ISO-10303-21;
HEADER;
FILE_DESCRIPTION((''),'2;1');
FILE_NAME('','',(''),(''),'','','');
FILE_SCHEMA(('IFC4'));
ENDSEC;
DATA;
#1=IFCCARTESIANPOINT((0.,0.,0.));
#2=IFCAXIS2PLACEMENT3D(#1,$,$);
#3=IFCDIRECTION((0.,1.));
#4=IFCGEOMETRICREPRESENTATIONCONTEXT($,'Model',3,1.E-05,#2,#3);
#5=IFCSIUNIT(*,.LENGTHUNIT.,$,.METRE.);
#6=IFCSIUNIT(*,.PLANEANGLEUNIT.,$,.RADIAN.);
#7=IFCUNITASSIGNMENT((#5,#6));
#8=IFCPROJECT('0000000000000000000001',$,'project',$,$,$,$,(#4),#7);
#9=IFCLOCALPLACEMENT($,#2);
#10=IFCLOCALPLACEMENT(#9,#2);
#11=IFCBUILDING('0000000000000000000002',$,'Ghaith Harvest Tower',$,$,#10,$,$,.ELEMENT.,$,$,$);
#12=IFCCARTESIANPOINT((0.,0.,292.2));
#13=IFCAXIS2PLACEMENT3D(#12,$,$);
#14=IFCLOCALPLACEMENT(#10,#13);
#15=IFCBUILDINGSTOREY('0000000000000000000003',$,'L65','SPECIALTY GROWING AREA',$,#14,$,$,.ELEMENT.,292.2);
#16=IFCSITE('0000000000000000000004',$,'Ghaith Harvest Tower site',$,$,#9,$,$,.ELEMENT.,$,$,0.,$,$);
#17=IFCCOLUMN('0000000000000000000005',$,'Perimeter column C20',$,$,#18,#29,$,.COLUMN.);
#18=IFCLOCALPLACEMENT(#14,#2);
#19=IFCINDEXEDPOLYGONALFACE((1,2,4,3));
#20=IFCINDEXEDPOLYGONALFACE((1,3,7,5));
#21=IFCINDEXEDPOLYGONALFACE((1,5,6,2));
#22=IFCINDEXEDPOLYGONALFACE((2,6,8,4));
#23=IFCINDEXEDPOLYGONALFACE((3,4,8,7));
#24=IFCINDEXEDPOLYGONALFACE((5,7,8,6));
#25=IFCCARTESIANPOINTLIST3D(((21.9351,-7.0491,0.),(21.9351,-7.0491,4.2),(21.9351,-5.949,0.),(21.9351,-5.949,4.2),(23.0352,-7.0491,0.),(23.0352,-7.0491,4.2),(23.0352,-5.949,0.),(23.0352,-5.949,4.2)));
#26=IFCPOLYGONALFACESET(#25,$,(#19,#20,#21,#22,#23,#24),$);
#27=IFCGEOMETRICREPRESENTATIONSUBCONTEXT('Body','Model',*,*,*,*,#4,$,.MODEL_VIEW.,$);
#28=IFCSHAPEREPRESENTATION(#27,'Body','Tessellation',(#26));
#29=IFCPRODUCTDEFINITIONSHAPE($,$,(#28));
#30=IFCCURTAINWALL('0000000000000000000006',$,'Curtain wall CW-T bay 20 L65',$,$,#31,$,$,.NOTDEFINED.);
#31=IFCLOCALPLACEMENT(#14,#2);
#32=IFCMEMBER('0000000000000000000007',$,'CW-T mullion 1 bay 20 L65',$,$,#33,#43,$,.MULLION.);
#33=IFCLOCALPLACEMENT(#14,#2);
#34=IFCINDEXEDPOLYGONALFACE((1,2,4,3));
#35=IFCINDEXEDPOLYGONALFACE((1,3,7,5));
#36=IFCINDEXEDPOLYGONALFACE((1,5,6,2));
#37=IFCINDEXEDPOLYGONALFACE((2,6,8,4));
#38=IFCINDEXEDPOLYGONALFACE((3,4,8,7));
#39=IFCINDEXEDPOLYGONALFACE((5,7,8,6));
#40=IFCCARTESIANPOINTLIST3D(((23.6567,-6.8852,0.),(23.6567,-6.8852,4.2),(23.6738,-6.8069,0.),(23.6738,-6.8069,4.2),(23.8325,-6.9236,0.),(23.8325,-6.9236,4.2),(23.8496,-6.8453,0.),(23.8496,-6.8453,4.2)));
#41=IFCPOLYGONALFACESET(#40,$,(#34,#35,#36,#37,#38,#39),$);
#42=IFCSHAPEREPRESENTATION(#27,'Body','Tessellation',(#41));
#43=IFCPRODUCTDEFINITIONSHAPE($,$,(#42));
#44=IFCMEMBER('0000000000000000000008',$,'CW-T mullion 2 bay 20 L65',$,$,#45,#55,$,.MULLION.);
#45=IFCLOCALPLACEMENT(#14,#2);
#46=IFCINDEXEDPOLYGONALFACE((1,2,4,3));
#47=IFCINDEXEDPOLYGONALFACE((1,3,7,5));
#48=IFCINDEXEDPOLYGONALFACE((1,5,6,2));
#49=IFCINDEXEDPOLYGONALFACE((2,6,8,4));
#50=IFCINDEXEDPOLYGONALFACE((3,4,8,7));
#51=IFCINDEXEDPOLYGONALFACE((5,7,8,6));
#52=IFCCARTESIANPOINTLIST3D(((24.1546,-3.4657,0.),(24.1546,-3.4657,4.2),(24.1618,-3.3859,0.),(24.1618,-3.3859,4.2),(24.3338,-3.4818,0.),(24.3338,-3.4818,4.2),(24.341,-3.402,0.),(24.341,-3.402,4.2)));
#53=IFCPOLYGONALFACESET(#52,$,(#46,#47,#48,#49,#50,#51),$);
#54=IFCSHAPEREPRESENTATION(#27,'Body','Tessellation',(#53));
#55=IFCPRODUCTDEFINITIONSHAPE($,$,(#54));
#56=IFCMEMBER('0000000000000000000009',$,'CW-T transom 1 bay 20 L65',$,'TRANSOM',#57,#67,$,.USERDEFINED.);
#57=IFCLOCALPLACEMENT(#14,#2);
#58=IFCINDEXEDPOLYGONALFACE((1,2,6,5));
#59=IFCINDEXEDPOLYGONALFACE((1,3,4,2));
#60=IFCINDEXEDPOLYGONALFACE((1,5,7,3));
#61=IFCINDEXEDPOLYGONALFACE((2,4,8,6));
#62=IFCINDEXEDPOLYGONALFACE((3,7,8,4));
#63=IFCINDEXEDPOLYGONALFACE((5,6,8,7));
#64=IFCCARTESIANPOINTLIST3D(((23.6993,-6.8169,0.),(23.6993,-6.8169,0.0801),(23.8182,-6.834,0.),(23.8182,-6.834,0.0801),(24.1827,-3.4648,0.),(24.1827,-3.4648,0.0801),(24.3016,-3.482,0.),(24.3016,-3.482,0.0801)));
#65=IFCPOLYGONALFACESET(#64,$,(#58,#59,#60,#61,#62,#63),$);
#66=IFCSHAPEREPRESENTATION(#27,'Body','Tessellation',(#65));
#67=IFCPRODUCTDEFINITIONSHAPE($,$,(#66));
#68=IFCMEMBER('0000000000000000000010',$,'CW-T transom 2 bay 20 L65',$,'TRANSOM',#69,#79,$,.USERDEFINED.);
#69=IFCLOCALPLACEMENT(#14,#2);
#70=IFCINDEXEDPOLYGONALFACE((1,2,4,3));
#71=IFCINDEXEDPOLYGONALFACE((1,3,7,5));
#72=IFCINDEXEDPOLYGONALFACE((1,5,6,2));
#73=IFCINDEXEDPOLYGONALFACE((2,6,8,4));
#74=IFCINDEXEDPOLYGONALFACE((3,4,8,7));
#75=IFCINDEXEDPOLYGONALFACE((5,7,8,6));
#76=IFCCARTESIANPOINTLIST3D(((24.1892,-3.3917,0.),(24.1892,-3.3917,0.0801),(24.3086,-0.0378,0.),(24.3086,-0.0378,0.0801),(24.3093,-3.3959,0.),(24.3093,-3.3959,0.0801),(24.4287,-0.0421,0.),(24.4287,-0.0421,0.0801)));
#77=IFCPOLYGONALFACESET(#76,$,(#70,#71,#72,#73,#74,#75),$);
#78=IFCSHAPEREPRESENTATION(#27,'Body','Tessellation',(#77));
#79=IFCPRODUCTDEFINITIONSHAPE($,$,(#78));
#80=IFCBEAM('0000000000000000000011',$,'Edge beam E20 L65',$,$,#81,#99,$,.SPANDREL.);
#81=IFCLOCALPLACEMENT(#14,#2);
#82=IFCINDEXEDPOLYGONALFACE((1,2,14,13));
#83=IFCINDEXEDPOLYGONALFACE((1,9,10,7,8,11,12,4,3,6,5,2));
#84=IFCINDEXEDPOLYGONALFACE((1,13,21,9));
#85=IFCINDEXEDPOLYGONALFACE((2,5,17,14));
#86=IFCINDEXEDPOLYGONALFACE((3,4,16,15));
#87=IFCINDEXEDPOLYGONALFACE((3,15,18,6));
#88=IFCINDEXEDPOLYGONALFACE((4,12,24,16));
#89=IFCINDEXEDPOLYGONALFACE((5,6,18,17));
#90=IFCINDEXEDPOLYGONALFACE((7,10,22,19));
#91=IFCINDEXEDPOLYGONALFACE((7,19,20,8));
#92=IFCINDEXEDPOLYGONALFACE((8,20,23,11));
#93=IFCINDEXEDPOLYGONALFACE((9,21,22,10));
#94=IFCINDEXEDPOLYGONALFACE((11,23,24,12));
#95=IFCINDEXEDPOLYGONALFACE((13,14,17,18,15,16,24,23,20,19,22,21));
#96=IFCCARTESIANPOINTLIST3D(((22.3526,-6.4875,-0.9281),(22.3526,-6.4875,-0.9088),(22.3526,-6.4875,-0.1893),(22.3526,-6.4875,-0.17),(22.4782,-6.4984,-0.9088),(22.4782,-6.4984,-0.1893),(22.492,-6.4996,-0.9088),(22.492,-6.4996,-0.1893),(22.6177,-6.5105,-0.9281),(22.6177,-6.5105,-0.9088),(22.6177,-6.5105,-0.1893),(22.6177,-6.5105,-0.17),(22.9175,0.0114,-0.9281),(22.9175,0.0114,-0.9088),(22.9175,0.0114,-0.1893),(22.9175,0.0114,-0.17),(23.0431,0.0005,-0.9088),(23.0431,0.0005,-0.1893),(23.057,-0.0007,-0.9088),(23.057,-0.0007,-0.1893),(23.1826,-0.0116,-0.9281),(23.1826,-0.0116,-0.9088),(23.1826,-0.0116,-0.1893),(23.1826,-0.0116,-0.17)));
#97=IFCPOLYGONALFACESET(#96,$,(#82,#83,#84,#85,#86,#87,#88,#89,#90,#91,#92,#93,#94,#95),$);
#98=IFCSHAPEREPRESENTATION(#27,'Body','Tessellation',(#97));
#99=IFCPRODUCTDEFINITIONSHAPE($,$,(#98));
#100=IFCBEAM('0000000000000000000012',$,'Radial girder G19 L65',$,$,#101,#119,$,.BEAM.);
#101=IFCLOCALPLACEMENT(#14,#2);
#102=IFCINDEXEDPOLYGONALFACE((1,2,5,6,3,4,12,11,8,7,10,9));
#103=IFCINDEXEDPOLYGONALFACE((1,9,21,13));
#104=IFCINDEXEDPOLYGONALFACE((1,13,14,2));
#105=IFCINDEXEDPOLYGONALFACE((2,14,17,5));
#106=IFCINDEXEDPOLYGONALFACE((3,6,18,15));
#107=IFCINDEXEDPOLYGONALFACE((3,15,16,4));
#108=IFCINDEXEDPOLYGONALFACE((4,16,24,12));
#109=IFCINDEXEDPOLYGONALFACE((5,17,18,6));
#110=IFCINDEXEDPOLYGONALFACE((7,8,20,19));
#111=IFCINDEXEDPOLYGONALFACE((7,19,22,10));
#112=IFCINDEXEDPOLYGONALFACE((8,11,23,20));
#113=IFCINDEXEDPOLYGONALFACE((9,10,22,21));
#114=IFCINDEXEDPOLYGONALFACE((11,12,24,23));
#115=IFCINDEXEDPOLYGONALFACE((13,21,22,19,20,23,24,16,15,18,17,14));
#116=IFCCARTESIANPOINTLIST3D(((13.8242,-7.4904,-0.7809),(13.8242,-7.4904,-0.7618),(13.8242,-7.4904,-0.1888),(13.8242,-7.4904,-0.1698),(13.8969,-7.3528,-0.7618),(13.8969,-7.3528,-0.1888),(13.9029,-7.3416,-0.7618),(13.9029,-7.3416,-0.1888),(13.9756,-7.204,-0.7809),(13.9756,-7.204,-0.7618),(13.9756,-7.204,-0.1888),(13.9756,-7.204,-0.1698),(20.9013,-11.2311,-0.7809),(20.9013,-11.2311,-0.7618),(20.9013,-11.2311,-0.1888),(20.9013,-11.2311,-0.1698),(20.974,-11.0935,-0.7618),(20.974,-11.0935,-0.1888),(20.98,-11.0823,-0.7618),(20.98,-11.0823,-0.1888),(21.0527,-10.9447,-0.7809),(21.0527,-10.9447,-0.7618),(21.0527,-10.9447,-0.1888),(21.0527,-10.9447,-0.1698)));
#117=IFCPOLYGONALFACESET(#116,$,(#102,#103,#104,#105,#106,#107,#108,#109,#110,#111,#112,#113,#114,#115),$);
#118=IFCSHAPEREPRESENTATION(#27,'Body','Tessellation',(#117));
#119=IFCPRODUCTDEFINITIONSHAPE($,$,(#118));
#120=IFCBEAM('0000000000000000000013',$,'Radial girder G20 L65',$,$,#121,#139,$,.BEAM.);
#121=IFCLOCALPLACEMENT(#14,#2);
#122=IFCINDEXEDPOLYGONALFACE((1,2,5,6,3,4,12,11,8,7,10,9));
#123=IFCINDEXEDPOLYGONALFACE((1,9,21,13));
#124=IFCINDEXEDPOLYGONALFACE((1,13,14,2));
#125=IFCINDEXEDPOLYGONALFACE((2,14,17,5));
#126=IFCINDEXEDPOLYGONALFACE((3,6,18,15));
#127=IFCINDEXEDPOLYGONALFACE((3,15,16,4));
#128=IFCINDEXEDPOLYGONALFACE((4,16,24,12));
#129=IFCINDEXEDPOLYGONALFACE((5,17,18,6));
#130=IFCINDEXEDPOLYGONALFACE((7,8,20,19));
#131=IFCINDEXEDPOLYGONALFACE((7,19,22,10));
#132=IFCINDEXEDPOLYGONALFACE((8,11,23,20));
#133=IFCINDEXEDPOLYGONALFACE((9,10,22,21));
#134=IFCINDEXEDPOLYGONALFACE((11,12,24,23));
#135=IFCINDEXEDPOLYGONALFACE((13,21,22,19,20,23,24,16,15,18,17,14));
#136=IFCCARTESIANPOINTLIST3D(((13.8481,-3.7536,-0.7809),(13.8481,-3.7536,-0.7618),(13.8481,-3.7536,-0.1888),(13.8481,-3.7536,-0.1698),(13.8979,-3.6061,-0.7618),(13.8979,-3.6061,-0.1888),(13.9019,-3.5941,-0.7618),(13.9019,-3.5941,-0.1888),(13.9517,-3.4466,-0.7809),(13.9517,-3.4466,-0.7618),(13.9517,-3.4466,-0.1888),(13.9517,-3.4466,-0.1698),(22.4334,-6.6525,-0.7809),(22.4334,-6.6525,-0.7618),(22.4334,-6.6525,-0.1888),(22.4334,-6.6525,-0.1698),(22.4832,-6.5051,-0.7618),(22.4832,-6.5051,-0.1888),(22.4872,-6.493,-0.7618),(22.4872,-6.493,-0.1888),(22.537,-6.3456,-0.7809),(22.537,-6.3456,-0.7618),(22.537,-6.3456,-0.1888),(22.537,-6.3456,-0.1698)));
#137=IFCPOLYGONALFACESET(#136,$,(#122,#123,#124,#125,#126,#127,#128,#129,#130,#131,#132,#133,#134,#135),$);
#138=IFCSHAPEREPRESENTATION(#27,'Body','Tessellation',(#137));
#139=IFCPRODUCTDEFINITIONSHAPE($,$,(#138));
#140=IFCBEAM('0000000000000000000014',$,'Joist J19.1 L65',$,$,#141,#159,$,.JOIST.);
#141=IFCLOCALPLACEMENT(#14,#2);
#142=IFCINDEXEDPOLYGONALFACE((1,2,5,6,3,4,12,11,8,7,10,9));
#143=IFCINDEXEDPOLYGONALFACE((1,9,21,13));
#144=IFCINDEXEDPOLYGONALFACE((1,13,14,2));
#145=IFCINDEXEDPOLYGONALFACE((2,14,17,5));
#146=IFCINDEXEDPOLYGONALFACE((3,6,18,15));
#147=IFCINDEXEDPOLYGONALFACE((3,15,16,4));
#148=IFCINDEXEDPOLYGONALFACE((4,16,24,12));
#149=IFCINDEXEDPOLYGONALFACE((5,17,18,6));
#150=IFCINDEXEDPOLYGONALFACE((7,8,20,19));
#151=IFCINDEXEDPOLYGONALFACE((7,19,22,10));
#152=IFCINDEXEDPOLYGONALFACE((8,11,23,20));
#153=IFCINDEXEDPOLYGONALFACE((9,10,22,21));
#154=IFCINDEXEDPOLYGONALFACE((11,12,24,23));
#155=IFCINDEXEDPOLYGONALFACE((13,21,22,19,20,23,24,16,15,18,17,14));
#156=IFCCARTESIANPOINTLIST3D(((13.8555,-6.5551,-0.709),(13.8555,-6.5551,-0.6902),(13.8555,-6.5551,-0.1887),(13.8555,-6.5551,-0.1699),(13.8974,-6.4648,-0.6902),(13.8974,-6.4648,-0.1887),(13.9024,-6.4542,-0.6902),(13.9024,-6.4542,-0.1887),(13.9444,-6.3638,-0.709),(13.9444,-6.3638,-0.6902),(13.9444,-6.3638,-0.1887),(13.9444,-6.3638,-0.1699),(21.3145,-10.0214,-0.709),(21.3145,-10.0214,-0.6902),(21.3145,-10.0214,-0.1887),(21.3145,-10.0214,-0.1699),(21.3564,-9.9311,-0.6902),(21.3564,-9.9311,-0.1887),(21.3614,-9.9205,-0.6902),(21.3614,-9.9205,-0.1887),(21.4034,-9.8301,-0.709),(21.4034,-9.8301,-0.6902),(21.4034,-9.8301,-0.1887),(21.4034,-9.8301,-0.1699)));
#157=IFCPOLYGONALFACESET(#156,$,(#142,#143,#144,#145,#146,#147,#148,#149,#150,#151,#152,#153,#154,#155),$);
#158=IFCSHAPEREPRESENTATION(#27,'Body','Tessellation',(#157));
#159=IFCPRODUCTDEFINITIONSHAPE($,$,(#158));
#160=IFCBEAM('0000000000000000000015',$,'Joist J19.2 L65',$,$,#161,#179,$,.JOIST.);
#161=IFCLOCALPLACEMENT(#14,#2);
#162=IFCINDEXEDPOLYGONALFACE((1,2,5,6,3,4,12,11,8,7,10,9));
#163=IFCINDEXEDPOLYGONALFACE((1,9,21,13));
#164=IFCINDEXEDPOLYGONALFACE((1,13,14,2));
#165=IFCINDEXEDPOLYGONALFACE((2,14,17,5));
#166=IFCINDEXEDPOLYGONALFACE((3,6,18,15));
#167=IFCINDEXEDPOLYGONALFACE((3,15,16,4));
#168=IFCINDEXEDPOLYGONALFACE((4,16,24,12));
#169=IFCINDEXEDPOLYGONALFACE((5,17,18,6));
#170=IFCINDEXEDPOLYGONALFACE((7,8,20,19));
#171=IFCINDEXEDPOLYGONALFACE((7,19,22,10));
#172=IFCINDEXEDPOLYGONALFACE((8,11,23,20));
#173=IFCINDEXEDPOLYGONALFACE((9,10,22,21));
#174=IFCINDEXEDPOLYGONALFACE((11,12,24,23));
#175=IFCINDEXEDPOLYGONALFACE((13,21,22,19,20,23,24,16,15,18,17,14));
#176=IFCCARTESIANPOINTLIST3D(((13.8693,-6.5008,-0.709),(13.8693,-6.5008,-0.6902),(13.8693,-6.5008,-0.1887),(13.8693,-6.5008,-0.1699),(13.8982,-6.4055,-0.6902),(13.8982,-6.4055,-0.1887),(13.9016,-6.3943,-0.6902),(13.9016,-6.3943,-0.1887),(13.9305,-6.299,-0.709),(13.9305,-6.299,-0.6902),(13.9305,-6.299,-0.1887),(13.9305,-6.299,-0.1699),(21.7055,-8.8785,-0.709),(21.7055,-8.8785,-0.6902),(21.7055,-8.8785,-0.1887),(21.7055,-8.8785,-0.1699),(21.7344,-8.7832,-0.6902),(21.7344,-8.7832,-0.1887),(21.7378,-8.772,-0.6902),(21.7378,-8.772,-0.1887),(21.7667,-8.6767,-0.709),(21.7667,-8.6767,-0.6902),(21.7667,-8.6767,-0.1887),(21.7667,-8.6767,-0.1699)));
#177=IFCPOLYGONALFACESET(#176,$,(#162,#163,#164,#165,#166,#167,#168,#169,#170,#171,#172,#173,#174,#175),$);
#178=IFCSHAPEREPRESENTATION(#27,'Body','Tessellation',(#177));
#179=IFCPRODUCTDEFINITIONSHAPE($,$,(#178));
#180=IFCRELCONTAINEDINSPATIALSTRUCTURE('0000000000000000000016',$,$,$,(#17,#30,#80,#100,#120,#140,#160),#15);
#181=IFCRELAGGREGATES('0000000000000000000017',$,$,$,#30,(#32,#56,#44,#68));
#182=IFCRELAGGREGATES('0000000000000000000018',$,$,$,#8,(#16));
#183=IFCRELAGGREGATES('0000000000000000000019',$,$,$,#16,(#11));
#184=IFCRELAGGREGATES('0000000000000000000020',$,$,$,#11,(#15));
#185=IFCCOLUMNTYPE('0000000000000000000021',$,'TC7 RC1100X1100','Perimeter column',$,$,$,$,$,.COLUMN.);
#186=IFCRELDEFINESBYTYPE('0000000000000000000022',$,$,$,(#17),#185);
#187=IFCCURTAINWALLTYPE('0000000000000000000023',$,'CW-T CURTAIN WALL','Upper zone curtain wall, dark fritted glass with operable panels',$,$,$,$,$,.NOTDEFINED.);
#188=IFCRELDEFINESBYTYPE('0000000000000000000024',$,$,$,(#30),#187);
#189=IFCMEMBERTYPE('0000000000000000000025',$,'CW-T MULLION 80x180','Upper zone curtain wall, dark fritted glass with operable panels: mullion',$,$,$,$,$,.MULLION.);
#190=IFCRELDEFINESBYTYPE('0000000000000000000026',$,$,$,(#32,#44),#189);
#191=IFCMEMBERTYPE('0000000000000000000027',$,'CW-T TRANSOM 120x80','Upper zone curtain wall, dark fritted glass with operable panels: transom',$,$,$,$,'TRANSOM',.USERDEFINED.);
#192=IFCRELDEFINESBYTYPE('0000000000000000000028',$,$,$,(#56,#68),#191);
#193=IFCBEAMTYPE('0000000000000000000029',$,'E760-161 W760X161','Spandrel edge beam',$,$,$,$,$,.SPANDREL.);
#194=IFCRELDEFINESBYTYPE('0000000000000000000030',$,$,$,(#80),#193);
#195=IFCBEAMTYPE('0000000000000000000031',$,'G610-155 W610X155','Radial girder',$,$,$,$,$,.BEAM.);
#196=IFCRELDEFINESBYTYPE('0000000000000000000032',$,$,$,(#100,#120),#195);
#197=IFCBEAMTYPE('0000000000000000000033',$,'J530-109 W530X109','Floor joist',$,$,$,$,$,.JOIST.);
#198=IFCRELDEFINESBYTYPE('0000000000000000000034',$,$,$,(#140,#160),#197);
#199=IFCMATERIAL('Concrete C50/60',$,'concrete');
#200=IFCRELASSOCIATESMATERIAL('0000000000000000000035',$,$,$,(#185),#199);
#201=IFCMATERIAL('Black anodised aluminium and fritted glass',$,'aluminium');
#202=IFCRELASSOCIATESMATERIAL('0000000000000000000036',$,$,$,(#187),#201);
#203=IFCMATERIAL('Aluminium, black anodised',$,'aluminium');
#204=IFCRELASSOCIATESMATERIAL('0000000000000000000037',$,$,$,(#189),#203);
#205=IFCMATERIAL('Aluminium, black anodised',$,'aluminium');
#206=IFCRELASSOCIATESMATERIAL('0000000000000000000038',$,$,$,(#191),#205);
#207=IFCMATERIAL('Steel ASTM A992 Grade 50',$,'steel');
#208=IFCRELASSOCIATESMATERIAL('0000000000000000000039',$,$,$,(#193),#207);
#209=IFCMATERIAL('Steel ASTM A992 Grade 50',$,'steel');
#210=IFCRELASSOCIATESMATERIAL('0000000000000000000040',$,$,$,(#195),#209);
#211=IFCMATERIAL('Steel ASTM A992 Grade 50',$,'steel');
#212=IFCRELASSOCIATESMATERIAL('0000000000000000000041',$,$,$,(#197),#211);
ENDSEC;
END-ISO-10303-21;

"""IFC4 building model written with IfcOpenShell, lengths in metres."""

from ifc_helpers import new_model, si_unit, direction, frame, origin, origin_2d, place, context, subcontext, project, spatial, rectangle, i_section, extrude, material, material_profile, profile_set, type_object, element, aggregate, save


model = new_model("IFC4")

# Units and contexts
model_context = context("Model", 3, precision=1e-05, world=origin(), true_north=direction((0.0, 1.0)))
body_context = subcontext(model_context, "Body", "Model", "MODEL_VIEW")
ifc_project = project(units=[si_unit("LENGTHUNIT", "METRE"), si_unit("PLANEANGLEUNIT", "RADIAN")], contexts=[model_context])

# Site, building, storey
site_placement = place(None, origin())
site = spatial("IfcSite", under=ifc_project, at=site_placement, Name="Ghaith Harvest Tower site", CompositionType="ELEMENT", RefElevation=0.0)
building_placement = place(site_placement, origin())
building = spatial("IfcBuilding", under=site, at=building_placement, Name="Ghaith Harvest Tower", CompositionType="ELEMENT")
storey_placement = place(building_placement, frame((0.0, 0.0, 292.2)))
storey = spatial("IfcBuildingStorey", under=building, at=storey_placement, Name="L65", Description="SPECIALTY GROWING AREA", CompositionType="ELEMENT", Elevation=292.2)

# Column
ifc_material_1 = material(Name="Concrete C50/60", Category="concrete")
ifc_material_profile_1 = material_profile(ifc_material_1, rectangle(XDim=1.1001, YDim=1.1001, at=origin_2d()), Name="RC1100X1100")
ifc_profile_set_1 = profile_set([ifc_material_profile_1], Name="Concrete C50/60")
column_type = type_object("IfcColumnType", Name="TC7 RC1100X1100", Description="Perimeter column", PredefinedType="COLUMN", material=ifc_profile_set_1)
column_placement = place(storey_placement, frame((22.4851, -6.499, 0.0), z_axis=(0.0, 0.0, 1.0), x_axis=(1.0, 0.0, 0.0)))
element("IfcColumn", 1, at=column_placement, inside=storey, type_object=column_type, Name="Perimeter column C20", PredefinedType="COLUMN", context=body_context, shape_type="SweptSolid", body=[
    extrude(rectangle(XDim=1.1001, YDim=1.1001, at=origin_2d()), origin(), (0.0, 0.0, 1.0), 4.2),
])

# Curtain wall, members
ifc_material_2 = material(Name="Black anodised aluminium and fritted glass", Category="aluminium")
curtain_wall_type = type_object("IfcCurtainWallType", Name="CW-T CURTAIN WALL", Description="Upper zone curtain wall, dark fritted glass with operable panels", PredefinedType="NOTDEFINED", material=ifc_material_2)
curtain_wall_1_placement = place(storey_placement, origin())
curtain_wall_1 = element("IfcCurtainWall", 2, at=curtain_wall_1_placement, inside=storey, type_object=curtain_wall_type, Name="Curtain wall CW-T bay 20 L65", PredefinedType="NOTDEFINED")
ifc_material_3 = material(Name="Aluminium, black anodised", Category="aluminium")
ifc_material_profile_2 = material_profile(ifc_material_3, rectangle(XDim=0.0801, YDim=0.1799, at=origin_2d()), Name="CW-T MULLION 80x180")
ifc_profile_set_2 = profile_set([ifc_material_profile_2], Name="Aluminium, black anodised")
member_type_1 = type_object("IfcMemberType", Name="CW-T MULLION 80x180", Description="Upper zone curtain wall, dark fritted glass with operable panels: mullion", PredefinedType="MULLION", material=ifc_profile_set_2)
member_1_placement = place(storey_placement, frame((23.7532, -6.8652, 0.0), z_axis=(0.0, 0.0, 1.0), x_axis=(0.213402, 0.976964, 0.0)))
member_1 = element("IfcMember", 3, at=member_1_placement, type_object=member_type_1, Name="CW-T mullion 1 bay 20 L65", PredefinedType="MULLION", context=body_context, shape_type="SweptSolid", body=[
    extrude(rectangle(XDim=0.0801, YDim=0.1799, at=origin_2d()), origin(), (0.0, 0.0, 1.0), 4.2),
])
member_2_placement = place(storey_placement, frame((24.2478, -3.4338, 0.0), z_axis=(0.0, 0.0, 1.0), x_axis=(0.089502, 0.995987, 0.0)))
member_2 = element("IfcMember", 4, at=member_2_placement, type_object=member_type_1, Name="CW-T mullion 2 bay 20 L65", PredefinedType="MULLION", context=body_context, shape_type="SweptSolid", body=[
    extrude(rectangle(XDim=0.0801, YDim=0.1799, at=origin_2d()), origin(), (0.0, 0.0, 1.0), 4.2),
])
ifc_material_4 = material(Name="Aluminium, black anodised", Category="aluminium")
ifc_material_profile_3 = material_profile(ifc_material_4, rectangle(XDim=0.1201, YDim=0.0801, at=origin_2d()), Name="CW-T TRANSOM 120x80")
ifc_profile_set_3 = profile_set([ifc_material_profile_3], Name="Aluminium, black anodised")
member_type_2 = type_object("IfcMemberType", Name="CW-T TRANSOM 120x80", Description="Upper zone curtain wall, dark fritted glass with operable panels: transom", ElementType="TRANSOM", PredefinedType="USERDEFINED", material=ifc_profile_set_3)
member_3_placement = place(storey_placement, frame((23.7588, -6.8254, 0.04), z_axis=(0.142733, 0.989761, 0.0), x_axis=(-0.989761, 0.142733, 0.0)))
member_3 = element("IfcMember", 5, at=member_3_placement, type_object=member_type_2, Name="CW-T transom 1 bay 20 L65", ObjectType="TRANSOM", PredefinedType="USERDEFINED", context=body_context, shape_type="SweptSolid", body=[
    extrude(rectangle(XDim=0.1201, YDim=0.0801, at=origin_2d()), origin(), (0.0, 0.0, 1.0), 3.3867),
])
member_4_placement = place(storey_placement, frame((24.2493, -3.3938, 0.04), z_axis=(0.035575, 0.999367, 0.0), x_axis=(-0.999367, 0.035575, 0.0)))
member_4 = element("IfcMember", 6, at=member_4_placement, type_object=member_type_2, Name="CW-T transom 2 bay 20 L65", ObjectType="TRANSOM", PredefinedType="USERDEFINED", context=body_context, shape_type="SweptSolid", body=[
    extrude(rectangle(XDim=0.1201, YDim=0.0801, at=origin_2d()), origin(), (0.0, 0.0, 1.0), 3.356),
])

# Beams
ifc_material_5 = material(Name="Steel ASTM A992 Grade 50", Category="steel")
ifc_material_profile_4 = material_profile(ifc_material_5, i_section(OverallWidth=0.2661, OverallDepth=0.7581, WebThickness=0.0139, FlangeThickness=0.0193, at=origin_2d()), Name="W760X161")
ifc_profile_set_4 = profile_set([ifc_material_profile_4], Name="Steel ASTM A992 Grade 50")
beam_type_1 = type_object("IfcBeamType", Name="E760-161 W760X161", Description="Spandrel edge beam", PredefinedType="SPANDREL", material=ifc_profile_set_4)
beam_1_placement = place(storey_placement, frame((22.4851, -6.499, -0.5491), z_axis=(0.086601, 0.996243, 0.0), x_axis=(-0.996243, 0.086601, 0.0)))
element("IfcBeam", 7, at=beam_1_placement, inside=storey, type_object=beam_type_1, Name="Edge beam E20 L65", PredefinedType="SPANDREL", context=body_context, shape_type="SweptSolid", body=[
    extrude(i_section(OverallWidth=0.2661, OverallDepth=0.7581, WebThickness=0.0139, FlangeThickness=0.0193, at=origin_2d()), origin(), (0.0, 0.0, 1.0), 6.5234),
])
ifc_material_6 = material(Name="Steel ASTM A992 Grade 50", Category="steel")
ifc_material_profile_5 = material_profile(ifc_material_6, i_section(OverallWidth=0.324, OverallDepth=0.6111, WebThickness=0.0127, FlangeThickness=0.019, at=origin_2d()), Name="W610X155")
ifc_profile_set_5 = profile_set([ifc_material_profile_5], Name="Steel ASTM A992 Grade 50")
beam_type_2 = type_object("IfcBeamType", Name="G610-155 W610X155", Description="Radial girder", PredefinedType="BEAM", material=ifc_profile_set_5)
beam_2_placement = place(storey_placement, frame((13.8999, -7.3472, -0.4753), z_axis=(0.884098, -0.467302, 0.0), x_axis=(0.467302, 0.884098, 0.0)))
element("IfcBeam", 8, at=beam_2_placement, inside=storey, type_object=beam_type_2, Name="Radial girder G19 L65", PredefinedType="BEAM", context=body_context, shape_type="SweptSolid", body=[
    extrude(i_section(OverallWidth=0.324, OverallDepth=0.6111, WebThickness=0.0127, FlangeThickness=0.019, at=origin_2d()), origin(), (0.0, 0.0, 1.0), 8.0049),
])
beam_3_placement = place(storey_placement, frame((13.8999, -3.6001, -0.4753), z_axis=(0.947445, -0.319919, 0.0), x_axis=(0.319919, 0.947445, 0.0)))
element("IfcBeam", 9, at=beam_3_placement, inside=storey, type_object=beam_type_2, Name="Radial girder G20 L65", PredefinedType="BEAM", context=body_context, shape_type="SweptSolid", body=[
    extrude(i_section(OverallWidth=0.324, OverallDepth=0.6111, WebThickness=0.0127, FlangeThickness=0.019, at=origin_2d()), origin(), (0.0, 0.0, 1.0), 9.0615),
])
ifc_material_7 = material(Name="Steel ASTM A992 Grade 50", Category="steel")
ifc_material_profile_6 = material_profile(ifc_material_7, i_section(OverallWidth=0.2109, OverallDepth=0.5391, WebThickness=0.0117, FlangeThickness=0.0188, at=origin_2d()), Name="W530X109")
ifc_profile_set_6 = profile_set([ifc_material_profile_6], Name="Steel ASTM A992 Grade 50")
beam_type_3 = type_object("IfcBeamType", Name="J530-109 W530X109", Description="Floor joist", PredefinedType="JOIST", material=ifc_profile_set_6)
beam_4_placement = place(storey_placement, frame((13.8999, -6.4595, -0.4395), z_axis=(0.90686, -0.421432, 0.0), x_axis=(0.421432, 0.90686, 0.0)))
element("IfcBeam", 10, at=beam_4_placement, inside=storey, type_object=beam_type_3, Name="Joist J19.1 L65", PredefinedType="JOIST", context=body_context, shape_type="SweptSolid", body=[
    extrude(i_section(OverallWidth=0.2109, OverallDepth=0.5391, WebThickness=0.0117, FlangeThickness=0.0188, at=origin_2d()), origin(), (0.0, 0.0, 1.0), 8.2251),
])
beam_5_placement = place(storey_placement, frame((13.8999, -6.3999, -0.4395), z_axis=(0.95692, -0.290352, 0.0), x_axis=(0.290352, 0.95692, 0.0)))
element("IfcBeam", 11, at=beam_5_placement, inside=storey, type_object=beam_type_3, Name="Joist J19.2 L65", PredefinedType="JOIST", context=body_context, shape_type="SweptSolid", body=[
    extrude(i_section(OverallWidth=0.2109, OverallDepth=0.5391, WebThickness=0.0117, FlangeThickness=0.0188, at=origin_2d()), origin(), (0.0, 0.0, 1.0), 8.189),
])

aggregate(curtain_wall_1, [member_1, member_3, member_2, member_4])

save(model, "model.ifc")
